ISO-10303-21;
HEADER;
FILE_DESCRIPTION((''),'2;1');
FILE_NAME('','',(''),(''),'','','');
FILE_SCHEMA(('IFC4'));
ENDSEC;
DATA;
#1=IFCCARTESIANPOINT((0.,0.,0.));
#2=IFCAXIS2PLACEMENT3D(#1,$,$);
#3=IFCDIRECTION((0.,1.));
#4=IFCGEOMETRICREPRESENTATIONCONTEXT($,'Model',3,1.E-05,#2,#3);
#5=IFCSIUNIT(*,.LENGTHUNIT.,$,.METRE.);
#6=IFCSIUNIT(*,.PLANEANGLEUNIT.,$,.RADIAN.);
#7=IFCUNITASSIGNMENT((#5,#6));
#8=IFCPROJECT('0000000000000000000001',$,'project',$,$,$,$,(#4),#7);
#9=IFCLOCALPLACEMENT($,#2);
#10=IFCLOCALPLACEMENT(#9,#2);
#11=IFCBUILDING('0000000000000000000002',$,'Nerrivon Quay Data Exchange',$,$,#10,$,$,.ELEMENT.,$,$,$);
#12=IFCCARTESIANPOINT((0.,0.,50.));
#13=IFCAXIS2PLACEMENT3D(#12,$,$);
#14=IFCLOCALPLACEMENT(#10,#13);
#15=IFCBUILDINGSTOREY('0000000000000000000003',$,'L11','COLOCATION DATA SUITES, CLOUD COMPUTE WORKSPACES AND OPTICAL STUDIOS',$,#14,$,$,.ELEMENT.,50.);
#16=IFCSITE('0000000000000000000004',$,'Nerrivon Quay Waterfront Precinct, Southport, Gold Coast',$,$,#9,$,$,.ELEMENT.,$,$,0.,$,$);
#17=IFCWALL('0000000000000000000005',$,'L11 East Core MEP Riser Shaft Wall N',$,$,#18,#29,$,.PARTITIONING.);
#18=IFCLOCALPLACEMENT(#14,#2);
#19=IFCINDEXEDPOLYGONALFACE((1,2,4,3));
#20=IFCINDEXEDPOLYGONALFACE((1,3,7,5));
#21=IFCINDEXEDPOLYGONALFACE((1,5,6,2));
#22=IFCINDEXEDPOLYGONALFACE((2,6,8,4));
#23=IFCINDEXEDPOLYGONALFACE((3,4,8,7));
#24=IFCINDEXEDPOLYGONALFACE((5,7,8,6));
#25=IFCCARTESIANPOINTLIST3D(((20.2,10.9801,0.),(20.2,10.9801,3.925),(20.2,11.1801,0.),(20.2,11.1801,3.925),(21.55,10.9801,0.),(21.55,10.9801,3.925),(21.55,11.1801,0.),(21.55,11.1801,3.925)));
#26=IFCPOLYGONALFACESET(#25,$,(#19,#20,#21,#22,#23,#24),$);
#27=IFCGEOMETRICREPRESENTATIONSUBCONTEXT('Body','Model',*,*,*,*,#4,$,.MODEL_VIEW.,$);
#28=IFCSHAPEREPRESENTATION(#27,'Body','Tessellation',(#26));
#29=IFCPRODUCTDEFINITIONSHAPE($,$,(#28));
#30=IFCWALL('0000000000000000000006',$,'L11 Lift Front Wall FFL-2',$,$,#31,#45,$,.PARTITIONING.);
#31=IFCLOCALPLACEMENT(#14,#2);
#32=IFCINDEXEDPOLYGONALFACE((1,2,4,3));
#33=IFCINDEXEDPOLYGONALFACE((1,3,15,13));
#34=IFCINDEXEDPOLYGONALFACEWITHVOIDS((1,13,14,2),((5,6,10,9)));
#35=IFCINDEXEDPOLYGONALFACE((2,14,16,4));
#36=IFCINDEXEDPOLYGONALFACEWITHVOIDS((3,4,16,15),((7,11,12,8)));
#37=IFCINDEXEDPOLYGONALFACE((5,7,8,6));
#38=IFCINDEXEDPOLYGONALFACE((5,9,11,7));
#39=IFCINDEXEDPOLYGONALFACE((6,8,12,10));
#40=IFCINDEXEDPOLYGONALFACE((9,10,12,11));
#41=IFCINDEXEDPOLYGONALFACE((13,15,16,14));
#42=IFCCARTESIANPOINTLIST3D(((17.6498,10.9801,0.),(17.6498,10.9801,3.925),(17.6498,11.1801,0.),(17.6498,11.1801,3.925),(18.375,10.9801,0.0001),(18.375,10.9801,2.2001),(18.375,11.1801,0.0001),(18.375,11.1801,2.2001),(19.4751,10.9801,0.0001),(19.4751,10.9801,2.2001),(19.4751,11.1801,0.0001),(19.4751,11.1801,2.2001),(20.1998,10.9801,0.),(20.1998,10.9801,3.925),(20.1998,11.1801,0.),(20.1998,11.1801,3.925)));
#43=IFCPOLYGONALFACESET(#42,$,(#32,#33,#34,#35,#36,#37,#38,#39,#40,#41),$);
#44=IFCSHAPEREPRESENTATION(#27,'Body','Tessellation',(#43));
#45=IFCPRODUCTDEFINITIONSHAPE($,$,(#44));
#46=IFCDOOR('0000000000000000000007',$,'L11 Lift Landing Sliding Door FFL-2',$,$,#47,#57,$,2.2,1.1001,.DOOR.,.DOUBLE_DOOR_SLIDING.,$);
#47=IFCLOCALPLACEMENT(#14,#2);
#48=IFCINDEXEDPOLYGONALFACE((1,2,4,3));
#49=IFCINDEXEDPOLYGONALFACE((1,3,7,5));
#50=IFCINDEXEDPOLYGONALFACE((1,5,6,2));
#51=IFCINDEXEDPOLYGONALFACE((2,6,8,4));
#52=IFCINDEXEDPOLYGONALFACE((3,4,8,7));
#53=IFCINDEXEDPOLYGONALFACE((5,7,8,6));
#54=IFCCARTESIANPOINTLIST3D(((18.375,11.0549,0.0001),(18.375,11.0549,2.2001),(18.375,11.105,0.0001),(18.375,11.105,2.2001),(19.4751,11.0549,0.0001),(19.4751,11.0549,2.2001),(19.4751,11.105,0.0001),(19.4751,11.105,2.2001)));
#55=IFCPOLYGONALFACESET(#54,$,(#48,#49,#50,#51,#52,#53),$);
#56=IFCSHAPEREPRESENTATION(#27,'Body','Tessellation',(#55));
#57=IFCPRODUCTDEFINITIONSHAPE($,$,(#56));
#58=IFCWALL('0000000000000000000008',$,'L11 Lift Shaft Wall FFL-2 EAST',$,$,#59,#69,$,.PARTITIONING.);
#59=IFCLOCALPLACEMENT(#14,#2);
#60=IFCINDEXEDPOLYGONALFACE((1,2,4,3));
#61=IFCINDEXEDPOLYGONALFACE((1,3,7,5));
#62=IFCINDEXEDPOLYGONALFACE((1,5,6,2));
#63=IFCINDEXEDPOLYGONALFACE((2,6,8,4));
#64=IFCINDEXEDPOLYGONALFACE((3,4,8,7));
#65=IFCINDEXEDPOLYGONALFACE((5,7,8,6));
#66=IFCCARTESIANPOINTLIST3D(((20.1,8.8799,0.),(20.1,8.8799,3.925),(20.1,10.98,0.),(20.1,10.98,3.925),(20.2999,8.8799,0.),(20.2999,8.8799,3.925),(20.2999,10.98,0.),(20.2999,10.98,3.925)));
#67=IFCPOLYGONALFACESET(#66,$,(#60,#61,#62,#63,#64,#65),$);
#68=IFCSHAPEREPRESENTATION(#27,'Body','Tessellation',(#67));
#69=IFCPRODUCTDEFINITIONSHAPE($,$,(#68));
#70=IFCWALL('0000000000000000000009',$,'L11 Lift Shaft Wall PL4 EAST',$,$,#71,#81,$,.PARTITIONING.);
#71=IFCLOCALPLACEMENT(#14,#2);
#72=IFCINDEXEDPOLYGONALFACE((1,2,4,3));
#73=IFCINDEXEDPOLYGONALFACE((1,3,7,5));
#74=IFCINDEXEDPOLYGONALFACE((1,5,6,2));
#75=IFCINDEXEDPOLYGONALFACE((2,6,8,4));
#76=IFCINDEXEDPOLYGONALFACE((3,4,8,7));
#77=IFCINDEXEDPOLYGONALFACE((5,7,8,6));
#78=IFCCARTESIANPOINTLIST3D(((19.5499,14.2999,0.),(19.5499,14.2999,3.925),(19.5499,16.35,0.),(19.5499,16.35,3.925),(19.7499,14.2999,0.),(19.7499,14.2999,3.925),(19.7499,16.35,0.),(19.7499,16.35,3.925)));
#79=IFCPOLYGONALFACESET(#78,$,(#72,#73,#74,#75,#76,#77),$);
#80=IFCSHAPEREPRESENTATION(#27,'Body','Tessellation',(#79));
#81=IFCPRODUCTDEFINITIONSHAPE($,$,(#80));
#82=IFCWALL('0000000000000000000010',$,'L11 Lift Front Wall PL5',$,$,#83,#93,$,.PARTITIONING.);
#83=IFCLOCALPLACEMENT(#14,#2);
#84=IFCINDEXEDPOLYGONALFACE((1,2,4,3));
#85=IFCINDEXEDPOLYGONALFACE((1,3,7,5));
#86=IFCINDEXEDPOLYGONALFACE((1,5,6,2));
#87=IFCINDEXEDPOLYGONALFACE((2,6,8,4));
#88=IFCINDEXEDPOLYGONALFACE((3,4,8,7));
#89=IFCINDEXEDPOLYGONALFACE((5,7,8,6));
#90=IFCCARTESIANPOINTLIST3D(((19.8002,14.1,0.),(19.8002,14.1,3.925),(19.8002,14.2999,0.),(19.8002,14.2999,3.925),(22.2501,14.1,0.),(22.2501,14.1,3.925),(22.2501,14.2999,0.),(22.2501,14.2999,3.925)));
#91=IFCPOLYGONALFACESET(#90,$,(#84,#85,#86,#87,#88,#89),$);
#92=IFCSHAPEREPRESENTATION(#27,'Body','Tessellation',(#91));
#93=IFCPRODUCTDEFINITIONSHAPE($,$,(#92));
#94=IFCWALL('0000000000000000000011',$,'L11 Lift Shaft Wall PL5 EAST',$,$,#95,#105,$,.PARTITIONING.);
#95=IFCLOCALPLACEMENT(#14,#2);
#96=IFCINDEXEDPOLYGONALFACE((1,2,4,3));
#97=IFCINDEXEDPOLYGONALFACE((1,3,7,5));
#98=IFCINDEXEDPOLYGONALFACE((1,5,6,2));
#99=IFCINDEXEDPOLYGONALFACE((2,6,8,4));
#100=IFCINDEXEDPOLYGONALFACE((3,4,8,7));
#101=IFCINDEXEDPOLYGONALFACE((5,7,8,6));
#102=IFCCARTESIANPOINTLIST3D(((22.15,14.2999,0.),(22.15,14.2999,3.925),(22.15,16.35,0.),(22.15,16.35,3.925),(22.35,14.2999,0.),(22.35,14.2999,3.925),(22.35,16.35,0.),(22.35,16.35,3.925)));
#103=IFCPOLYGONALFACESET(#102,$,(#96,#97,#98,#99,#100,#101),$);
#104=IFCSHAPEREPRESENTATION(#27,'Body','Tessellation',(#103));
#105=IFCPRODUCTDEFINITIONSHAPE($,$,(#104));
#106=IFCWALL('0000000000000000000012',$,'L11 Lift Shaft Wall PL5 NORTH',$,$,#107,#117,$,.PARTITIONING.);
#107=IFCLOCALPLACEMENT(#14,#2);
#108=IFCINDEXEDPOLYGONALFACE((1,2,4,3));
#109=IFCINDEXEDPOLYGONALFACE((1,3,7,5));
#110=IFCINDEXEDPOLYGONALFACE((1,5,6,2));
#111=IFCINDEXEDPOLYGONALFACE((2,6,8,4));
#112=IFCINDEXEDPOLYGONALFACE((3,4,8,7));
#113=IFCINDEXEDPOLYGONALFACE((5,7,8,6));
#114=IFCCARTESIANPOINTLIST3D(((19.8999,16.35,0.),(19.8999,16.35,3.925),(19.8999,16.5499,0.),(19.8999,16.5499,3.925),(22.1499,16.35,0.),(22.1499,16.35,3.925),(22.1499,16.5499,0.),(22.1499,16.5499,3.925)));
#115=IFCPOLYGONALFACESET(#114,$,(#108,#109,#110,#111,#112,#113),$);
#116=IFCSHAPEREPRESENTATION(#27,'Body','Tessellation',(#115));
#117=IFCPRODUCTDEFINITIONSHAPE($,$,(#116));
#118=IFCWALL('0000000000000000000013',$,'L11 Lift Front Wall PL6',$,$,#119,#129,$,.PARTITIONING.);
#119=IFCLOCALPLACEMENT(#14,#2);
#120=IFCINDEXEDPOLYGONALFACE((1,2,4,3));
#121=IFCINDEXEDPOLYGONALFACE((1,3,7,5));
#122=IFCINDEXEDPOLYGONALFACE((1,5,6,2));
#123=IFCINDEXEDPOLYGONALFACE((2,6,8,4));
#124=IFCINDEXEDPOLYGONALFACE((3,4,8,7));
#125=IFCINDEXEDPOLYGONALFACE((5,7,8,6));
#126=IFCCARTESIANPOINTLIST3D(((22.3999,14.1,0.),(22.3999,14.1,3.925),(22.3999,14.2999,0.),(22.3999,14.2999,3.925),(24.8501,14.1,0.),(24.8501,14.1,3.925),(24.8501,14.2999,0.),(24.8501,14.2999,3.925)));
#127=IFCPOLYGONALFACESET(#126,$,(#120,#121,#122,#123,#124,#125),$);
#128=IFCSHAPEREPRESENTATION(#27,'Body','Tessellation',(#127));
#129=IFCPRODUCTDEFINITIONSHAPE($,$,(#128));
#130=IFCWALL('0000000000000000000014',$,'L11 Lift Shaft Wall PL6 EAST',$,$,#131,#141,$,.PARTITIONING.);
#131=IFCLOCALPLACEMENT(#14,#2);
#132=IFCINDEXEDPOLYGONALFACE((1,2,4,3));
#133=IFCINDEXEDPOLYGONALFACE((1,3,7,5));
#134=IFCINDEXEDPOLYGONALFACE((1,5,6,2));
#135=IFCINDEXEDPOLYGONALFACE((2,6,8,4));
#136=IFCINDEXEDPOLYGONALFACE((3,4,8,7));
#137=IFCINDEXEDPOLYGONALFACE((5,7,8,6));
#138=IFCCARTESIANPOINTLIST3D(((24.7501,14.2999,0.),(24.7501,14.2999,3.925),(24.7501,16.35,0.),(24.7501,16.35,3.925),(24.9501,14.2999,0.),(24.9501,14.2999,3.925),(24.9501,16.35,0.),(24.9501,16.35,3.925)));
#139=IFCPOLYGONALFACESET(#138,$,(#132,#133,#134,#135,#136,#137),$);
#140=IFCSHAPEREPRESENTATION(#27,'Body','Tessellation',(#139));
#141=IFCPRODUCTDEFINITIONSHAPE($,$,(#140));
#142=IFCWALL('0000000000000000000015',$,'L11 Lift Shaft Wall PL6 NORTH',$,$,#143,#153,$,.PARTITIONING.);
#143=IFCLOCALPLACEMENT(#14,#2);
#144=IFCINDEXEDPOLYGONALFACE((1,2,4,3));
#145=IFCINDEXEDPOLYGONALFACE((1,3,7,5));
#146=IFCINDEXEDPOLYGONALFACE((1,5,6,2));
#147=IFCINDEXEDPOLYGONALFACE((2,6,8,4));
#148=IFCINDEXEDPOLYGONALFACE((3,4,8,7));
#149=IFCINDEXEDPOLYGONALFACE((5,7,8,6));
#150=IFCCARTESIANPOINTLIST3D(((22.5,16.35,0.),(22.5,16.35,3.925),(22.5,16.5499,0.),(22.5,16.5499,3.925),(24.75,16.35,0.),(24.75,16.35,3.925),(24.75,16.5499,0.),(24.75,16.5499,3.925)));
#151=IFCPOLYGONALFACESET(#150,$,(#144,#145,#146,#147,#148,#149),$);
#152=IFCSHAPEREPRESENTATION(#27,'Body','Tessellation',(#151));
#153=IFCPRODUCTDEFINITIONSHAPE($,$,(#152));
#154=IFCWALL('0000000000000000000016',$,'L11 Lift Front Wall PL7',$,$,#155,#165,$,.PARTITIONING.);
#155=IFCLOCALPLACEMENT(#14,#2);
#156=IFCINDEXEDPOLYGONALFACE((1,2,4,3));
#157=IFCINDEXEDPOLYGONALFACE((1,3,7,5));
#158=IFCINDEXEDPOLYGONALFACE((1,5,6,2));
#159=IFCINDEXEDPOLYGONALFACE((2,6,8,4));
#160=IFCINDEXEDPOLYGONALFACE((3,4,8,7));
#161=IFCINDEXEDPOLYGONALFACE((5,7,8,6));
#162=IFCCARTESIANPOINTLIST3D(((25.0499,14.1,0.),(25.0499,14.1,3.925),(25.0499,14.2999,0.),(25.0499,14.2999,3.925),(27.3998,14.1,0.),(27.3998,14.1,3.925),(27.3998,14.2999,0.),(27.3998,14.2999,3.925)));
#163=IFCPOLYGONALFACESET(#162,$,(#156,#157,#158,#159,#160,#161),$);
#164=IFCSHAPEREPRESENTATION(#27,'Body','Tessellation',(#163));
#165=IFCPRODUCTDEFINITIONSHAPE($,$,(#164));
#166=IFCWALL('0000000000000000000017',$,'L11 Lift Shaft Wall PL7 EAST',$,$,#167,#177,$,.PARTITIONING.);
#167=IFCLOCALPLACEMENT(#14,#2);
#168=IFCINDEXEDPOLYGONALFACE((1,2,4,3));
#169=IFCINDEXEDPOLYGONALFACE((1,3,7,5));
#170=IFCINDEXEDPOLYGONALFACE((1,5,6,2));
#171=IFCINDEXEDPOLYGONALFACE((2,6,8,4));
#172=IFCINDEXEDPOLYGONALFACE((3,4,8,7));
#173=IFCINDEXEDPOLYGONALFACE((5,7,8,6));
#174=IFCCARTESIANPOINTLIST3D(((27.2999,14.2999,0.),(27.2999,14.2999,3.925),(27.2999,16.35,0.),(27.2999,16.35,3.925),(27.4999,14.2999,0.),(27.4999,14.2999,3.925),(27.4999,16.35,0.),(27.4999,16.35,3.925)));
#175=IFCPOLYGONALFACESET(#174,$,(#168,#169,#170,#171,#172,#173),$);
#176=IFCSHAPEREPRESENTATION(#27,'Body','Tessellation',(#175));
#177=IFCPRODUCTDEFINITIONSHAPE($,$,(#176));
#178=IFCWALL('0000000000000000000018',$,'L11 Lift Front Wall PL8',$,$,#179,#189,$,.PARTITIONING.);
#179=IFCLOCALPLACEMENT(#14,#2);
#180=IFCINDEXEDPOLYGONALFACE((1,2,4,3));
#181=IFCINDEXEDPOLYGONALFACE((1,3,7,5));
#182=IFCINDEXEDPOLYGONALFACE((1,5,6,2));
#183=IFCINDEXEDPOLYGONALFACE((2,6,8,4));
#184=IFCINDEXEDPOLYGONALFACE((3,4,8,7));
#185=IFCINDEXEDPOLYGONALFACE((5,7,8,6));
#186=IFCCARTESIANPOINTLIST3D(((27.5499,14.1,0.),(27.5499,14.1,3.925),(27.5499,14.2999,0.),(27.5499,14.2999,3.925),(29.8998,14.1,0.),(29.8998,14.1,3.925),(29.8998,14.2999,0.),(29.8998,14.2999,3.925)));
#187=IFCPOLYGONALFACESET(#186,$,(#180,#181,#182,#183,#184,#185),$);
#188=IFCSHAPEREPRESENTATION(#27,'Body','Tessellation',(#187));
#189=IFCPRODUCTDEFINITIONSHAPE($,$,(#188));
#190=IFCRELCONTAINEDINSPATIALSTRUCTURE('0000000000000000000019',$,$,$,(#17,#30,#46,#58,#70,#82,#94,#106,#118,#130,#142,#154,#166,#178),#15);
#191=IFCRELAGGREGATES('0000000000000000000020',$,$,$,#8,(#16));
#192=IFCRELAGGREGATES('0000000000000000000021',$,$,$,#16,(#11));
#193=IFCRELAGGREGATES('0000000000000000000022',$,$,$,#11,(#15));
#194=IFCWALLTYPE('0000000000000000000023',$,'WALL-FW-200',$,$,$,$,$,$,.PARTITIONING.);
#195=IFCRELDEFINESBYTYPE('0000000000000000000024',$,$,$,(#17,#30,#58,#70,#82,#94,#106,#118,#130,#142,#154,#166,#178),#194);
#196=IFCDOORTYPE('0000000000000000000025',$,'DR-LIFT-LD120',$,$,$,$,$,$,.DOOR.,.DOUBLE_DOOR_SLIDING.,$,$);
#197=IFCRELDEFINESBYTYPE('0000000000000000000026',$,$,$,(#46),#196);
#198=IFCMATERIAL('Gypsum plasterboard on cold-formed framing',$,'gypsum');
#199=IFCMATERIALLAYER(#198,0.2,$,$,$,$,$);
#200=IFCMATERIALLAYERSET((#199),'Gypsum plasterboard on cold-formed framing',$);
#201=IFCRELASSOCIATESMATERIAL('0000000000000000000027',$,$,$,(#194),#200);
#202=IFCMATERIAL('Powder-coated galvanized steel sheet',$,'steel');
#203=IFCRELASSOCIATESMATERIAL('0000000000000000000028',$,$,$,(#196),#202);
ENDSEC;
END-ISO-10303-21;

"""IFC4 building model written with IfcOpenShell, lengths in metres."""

from ifc_helpers import new_model, si_unit, direction, frame, frame_2d, origin, place, context, subcontext, project, spatial, rectangle, extrude, material, layer, layer_set, type_object, element, fill, save


model = new_model("IFC4")

# Units and contexts
model_context = context("Model", 3, precision=1e-05, world=origin(), true_north=direction((0.0, 1.0)))
body_context = subcontext(model_context, "Body", "Model", "MODEL_VIEW")
ifc_project = project(units=[si_unit("LENGTHUNIT", "METRE"), si_unit("PLANEANGLEUNIT", "RADIAN")], contexts=[model_context])

# Site, building, storey
site_placement = place(None, origin())
site = spatial("IfcSite", under=ifc_project, at=site_placement, Name="Nerrivon Quay Waterfront Precinct, Southport, Gold Coast", CompositionType="ELEMENT", RefElevation=0.0)
building_placement = place(site_placement, origin())
building = spatial("IfcBuilding", under=site, at=building_placement, Name="Nerrivon Quay Data Exchange", CompositionType="ELEMENT")
storey_placement = place(building_placement, frame((0.0, 0.0, 50.0)))
storey = spatial("IfcBuildingStorey", under=building, at=storey_placement, Name="L11", Description="COLOCATION DATA SUITES, CLOUD COMPUTE WORKSPACES AND OPTICAL STUDIOS", CompositionType="ELEMENT", Elevation=50.0)

# Wall
ifc_material_1 = material(Name="Gypsum plasterboard on cold-formed framing", Category="gypsum")
ifc_layer_1 = layer(ifc_material_1, 0.2)
ifc_layer_set_1 = layer_set([ifc_layer_1], Name="Gypsum plasterboard on cold-formed framing")
wall_type_1 = type_object("IfcWallType", Name="WALL-FW-200", PredefinedType="PARTITIONING", material=ifc_layer_set_1)
wall_1_placement = place(storey_placement, frame((20.2, 11.0801, 0.0), z_axis=(0.0, 0.0, 1.0), x_axis=(1.0, 0.0, 0.0)))
element("IfcWall", 1, at=wall_1_placement, inside=storey, type_object=wall_type_1, Name="L11 East Core MEP Riser Shaft Wall N", PredefinedType="PARTITIONING", context=body_context, shape_type="SweptSolid", body=[
    extrude(rectangle(XDim=1.3501, YDim=0.2, at=frame_2d((0.675, 0.0))), origin(), (0.0, 0.0, 1.0), 3.925),
])

# Wall, opening, door
wall_2_placement = place(storey_placement, frame((17.6499, 11.0801, 0.0), z_axis=(0.0, 0.0, 1.0), x_axis=(1.0, 0.0, 0.0)))
wall_2 = element("IfcWall", 2, at=wall_2_placement, inside=storey, type_object=wall_type_1, Name="L11 Lift Front Wall FFL-2", PredefinedType="PARTITIONING", context=body_context, shape_type="SweptSolid", body=[
    extrude(rectangle(XDim=2.55, YDim=0.2, at=frame_2d((1.2749, 0.0))), origin(), (0.0, 0.0, 1.0), 3.925),
])
opening_1_placement = place(wall_2_placement, frame((0.7251, 0.0, 0.0)))
opening_1 = element("IfcOpeningElement", 3, at=opening_1_placement, cuts=wall_2, PredefinedType="OPENING", context=body_context, shape_type="SweptSolid", body=[
    extrude(rectangle(XDim=1.1001, YDim=2.2, at=frame_2d((0.55, 1.1001))), frame((0.0, 0.1099, 0.0), z_axis=(0.0, -1.0, 0.0), x_axis=(1.0, 0.0, 0.0)), (0.0, 0.0, 1.0), 0.22),
])
ifc_material_2 = material(Name="Powder-coated galvanized steel sheet", Category="steel")
door_type_1 = type_object("IfcDoorType", Name="DR-LIFT-LD120", OperationType="DOUBLE_DOOR_SLIDING", PredefinedType="DOOR", material=ifc_material_2)
door_1_placement = place(opening_1_placement, origin())
door_1 = element("IfcDoor", 4, at=door_1_placement, inside=storey, type_object=door_type_1, Name="L11 Lift Landing Sliding Door FFL-2", OperationType="DOUBLE_DOOR_SLIDING", OverallHeight=2.2, OverallWidth=1.1001, PredefinedType="DOOR", context=body_context, shape_type="SweptSolid", body=[
    extrude(rectangle(XDim=1.1001, YDim=2.2, at=frame_2d((0.55, 1.1001))), frame((0.0, 0.0249, 0.0), z_axis=(0.0, -1.0, 0.0), x_axis=(1.0, 0.0, 0.0)), (0.0, 0.0, 1.0), 0.05),
])
fill(opening_1, door_1)

# Walls
wall_3_placement = place(storey_placement, frame((20.2, 8.8799, 0.0), z_axis=(0.0, 0.0, 1.0), x_axis=(0.0, 1.0, 0.0)))
element("IfcWall", 5, at=wall_3_placement, inside=storey, type_object=wall_type_1, Name="L11 Lift Shaft Wall FFL-2 EAST", PredefinedType="PARTITIONING", context=body_context, shape_type="SweptSolid", body=[
    extrude(rectangle(XDim=2.1001, YDim=0.2, at=frame_2d((1.05, 0.0))), origin(), (0.0, 0.0, 1.0), 3.925),
])
wall_4_placement = place(storey_placement, frame((19.6499, 14.3, 0.0), z_axis=(0.0, 0.0, 1.0), x_axis=(0.0, 1.0, 0.0)))
element("IfcWall", 6, at=wall_4_placement, inside=storey, type_object=wall_type_1, Name="L11 Lift Shaft Wall PL4 EAST", PredefinedType="PARTITIONING", context=body_context, shape_type="SweptSolid", body=[
    extrude(rectangle(XDim=2.05, YDim=0.2, at=frame_2d((1.0249, 0.0))), origin(), (0.0, 0.0, 1.0), 3.925),
])
wall_5_placement = place(storey_placement, frame((19.8, 14.2, 0.0), z_axis=(0.0, 0.0, 1.0), x_axis=(1.0, 0.0, 0.0)))
element("IfcWall", 7, at=wall_5_placement, inside=storey, type_object=wall_type_1, Name="L11 Lift Front Wall PL5", PredefinedType="PARTITIONING", context=body_context, shape_type="SweptSolid", body=[
    extrude(rectangle(XDim=2.45, YDim=0.2, at=frame_2d((1.2251, 0.0))), origin(), (0.0, 0.0, 1.0), 3.925),
])
wall_6_placement = place(storey_placement, frame((22.25, 14.3, 0.0), z_axis=(0.0, 0.0, 1.0), x_axis=(0.0, 1.0, 0.0)))
element("IfcWall", 8, at=wall_6_placement, inside=storey, type_object=wall_type_1, Name="L11 Lift Shaft Wall PL5 EAST", PredefinedType="PARTITIONING", context=body_context, shape_type="SweptSolid", body=[
    extrude(rectangle(XDim=2.05, YDim=0.2, at=frame_2d((1.0249, 0.0))), origin(), (0.0, 0.0, 1.0), 3.925),
])
wall_7_placement = place(storey_placement, frame((19.8999, 16.45, 0.0), z_axis=(0.0, 0.0, 1.0), x_axis=(1.0, 0.0, 0.0)))
element("IfcWall", 9, at=wall_7_placement, inside=storey, type_object=wall_type_1, Name="L11 Lift Shaft Wall PL5 NORTH", PredefinedType="PARTITIONING", context=body_context, shape_type="SweptSolid", body=[
    extrude(rectangle(XDim=2.25, YDim=0.2, at=frame_2d((1.125, 0.0))), origin(), (0.0, 0.0, 1.0), 3.925),
])
wall_8_placement = place(storey_placement, frame((22.3999, 14.2, 0.0), z_axis=(0.0, 0.0, 1.0), x_axis=(1.0, 0.0, 0.0)))
element("IfcWall", 10, at=wall_8_placement, inside=storey, type_object=wall_type_1, Name="L11 Lift Front Wall PL6", PredefinedType="PARTITIONING", context=body_context, shape_type="SweptSolid", body=[
    extrude(rectangle(XDim=2.4502, YDim=0.2, at=frame_2d((1.2251, 0.0))), origin(), (0.0, 0.0, 1.0), 3.925),
])
wall_9_placement = place(storey_placement, frame((24.8501, 14.3, 0.0), z_axis=(0.0, 0.0, 1.0), x_axis=(0.0, 1.0, 0.0)))
element("IfcWall", 11, at=wall_9_placement, inside=storey, type_object=wall_type_1, Name="L11 Lift Shaft Wall PL6 EAST", PredefinedType="PARTITIONING", context=body_context, shape_type="SweptSolid", body=[
    extrude(rectangle(XDim=2.05, YDim=0.2, at=frame_2d((1.0249, 0.0))), origin(), (0.0, 0.0, 1.0), 3.925),
])
wall_10_placement = place(storey_placement, frame((22.5, 16.45, 0.0), z_axis=(0.0, 0.0, 1.0), x_axis=(1.0, 0.0, 0.0)))
element("IfcWall", 12, at=wall_10_placement, inside=storey, type_object=wall_type_1, Name="L11 Lift Shaft Wall PL6 NORTH", PredefinedType="PARTITIONING", context=body_context, shape_type="SweptSolid", body=[
    extrude(rectangle(XDim=2.25, YDim=0.2, at=frame_2d((1.125, 0.0))), origin(), (0.0, 0.0, 1.0), 3.925),
])
wall_11_placement = place(storey_placement, frame((25.05, 14.2, 0.0), z_axis=(0.0, 0.0, 1.0), x_axis=(1.0, 0.0, 0.0)))
element("IfcWall", 13, at=wall_11_placement, inside=storey, type_object=wall_type_1, Name="L11 Lift Front Wall PL7", PredefinedType="PARTITIONING", context=body_context, shape_type="SweptSolid", body=[
    extrude(rectangle(XDim=2.3499, YDim=0.2, at=frame_2d((1.1748, 0.0))), origin(), (0.0, 0.0, 1.0), 3.925),
])
wall_12_placement = place(storey_placement, frame((27.3999, 14.3, 0.0), z_axis=(0.0, 0.0, 1.0), x_axis=(0.0, 1.0, 0.0)))
element("IfcWall", 14, at=wall_12_placement, inside=storey, type_object=wall_type_1, Name="L11 Lift Shaft Wall PL7 EAST", PredefinedType="PARTITIONING", context=body_context, shape_type="SweptSolid", body=[
    extrude(rectangle(XDim=2.05, YDim=0.2, at=frame_2d((1.0249, 0.0))), origin(), (0.0, 0.0, 1.0), 3.925),
])
wall_13_placement = place(storey_placement, frame((27.55, 14.2, 0.0), z_axis=(0.0, 0.0, 1.0), x_axis=(1.0, 0.0, 0.0)))
element("IfcWall", 15, at=wall_13_placement, inside=storey, type_object=wall_type_1, Name="L11 Lift Front Wall PL8", PredefinedType="PARTITIONING", context=body_context, shape_type="SweptSolid", body=[
    extrude(rectangle(XDim=2.3499, YDim=0.2, at=frame_2d((1.1748, 0.0))), origin(), (0.0, 0.0, 1.0), 3.925),
])

save(model, "model.ifc")
